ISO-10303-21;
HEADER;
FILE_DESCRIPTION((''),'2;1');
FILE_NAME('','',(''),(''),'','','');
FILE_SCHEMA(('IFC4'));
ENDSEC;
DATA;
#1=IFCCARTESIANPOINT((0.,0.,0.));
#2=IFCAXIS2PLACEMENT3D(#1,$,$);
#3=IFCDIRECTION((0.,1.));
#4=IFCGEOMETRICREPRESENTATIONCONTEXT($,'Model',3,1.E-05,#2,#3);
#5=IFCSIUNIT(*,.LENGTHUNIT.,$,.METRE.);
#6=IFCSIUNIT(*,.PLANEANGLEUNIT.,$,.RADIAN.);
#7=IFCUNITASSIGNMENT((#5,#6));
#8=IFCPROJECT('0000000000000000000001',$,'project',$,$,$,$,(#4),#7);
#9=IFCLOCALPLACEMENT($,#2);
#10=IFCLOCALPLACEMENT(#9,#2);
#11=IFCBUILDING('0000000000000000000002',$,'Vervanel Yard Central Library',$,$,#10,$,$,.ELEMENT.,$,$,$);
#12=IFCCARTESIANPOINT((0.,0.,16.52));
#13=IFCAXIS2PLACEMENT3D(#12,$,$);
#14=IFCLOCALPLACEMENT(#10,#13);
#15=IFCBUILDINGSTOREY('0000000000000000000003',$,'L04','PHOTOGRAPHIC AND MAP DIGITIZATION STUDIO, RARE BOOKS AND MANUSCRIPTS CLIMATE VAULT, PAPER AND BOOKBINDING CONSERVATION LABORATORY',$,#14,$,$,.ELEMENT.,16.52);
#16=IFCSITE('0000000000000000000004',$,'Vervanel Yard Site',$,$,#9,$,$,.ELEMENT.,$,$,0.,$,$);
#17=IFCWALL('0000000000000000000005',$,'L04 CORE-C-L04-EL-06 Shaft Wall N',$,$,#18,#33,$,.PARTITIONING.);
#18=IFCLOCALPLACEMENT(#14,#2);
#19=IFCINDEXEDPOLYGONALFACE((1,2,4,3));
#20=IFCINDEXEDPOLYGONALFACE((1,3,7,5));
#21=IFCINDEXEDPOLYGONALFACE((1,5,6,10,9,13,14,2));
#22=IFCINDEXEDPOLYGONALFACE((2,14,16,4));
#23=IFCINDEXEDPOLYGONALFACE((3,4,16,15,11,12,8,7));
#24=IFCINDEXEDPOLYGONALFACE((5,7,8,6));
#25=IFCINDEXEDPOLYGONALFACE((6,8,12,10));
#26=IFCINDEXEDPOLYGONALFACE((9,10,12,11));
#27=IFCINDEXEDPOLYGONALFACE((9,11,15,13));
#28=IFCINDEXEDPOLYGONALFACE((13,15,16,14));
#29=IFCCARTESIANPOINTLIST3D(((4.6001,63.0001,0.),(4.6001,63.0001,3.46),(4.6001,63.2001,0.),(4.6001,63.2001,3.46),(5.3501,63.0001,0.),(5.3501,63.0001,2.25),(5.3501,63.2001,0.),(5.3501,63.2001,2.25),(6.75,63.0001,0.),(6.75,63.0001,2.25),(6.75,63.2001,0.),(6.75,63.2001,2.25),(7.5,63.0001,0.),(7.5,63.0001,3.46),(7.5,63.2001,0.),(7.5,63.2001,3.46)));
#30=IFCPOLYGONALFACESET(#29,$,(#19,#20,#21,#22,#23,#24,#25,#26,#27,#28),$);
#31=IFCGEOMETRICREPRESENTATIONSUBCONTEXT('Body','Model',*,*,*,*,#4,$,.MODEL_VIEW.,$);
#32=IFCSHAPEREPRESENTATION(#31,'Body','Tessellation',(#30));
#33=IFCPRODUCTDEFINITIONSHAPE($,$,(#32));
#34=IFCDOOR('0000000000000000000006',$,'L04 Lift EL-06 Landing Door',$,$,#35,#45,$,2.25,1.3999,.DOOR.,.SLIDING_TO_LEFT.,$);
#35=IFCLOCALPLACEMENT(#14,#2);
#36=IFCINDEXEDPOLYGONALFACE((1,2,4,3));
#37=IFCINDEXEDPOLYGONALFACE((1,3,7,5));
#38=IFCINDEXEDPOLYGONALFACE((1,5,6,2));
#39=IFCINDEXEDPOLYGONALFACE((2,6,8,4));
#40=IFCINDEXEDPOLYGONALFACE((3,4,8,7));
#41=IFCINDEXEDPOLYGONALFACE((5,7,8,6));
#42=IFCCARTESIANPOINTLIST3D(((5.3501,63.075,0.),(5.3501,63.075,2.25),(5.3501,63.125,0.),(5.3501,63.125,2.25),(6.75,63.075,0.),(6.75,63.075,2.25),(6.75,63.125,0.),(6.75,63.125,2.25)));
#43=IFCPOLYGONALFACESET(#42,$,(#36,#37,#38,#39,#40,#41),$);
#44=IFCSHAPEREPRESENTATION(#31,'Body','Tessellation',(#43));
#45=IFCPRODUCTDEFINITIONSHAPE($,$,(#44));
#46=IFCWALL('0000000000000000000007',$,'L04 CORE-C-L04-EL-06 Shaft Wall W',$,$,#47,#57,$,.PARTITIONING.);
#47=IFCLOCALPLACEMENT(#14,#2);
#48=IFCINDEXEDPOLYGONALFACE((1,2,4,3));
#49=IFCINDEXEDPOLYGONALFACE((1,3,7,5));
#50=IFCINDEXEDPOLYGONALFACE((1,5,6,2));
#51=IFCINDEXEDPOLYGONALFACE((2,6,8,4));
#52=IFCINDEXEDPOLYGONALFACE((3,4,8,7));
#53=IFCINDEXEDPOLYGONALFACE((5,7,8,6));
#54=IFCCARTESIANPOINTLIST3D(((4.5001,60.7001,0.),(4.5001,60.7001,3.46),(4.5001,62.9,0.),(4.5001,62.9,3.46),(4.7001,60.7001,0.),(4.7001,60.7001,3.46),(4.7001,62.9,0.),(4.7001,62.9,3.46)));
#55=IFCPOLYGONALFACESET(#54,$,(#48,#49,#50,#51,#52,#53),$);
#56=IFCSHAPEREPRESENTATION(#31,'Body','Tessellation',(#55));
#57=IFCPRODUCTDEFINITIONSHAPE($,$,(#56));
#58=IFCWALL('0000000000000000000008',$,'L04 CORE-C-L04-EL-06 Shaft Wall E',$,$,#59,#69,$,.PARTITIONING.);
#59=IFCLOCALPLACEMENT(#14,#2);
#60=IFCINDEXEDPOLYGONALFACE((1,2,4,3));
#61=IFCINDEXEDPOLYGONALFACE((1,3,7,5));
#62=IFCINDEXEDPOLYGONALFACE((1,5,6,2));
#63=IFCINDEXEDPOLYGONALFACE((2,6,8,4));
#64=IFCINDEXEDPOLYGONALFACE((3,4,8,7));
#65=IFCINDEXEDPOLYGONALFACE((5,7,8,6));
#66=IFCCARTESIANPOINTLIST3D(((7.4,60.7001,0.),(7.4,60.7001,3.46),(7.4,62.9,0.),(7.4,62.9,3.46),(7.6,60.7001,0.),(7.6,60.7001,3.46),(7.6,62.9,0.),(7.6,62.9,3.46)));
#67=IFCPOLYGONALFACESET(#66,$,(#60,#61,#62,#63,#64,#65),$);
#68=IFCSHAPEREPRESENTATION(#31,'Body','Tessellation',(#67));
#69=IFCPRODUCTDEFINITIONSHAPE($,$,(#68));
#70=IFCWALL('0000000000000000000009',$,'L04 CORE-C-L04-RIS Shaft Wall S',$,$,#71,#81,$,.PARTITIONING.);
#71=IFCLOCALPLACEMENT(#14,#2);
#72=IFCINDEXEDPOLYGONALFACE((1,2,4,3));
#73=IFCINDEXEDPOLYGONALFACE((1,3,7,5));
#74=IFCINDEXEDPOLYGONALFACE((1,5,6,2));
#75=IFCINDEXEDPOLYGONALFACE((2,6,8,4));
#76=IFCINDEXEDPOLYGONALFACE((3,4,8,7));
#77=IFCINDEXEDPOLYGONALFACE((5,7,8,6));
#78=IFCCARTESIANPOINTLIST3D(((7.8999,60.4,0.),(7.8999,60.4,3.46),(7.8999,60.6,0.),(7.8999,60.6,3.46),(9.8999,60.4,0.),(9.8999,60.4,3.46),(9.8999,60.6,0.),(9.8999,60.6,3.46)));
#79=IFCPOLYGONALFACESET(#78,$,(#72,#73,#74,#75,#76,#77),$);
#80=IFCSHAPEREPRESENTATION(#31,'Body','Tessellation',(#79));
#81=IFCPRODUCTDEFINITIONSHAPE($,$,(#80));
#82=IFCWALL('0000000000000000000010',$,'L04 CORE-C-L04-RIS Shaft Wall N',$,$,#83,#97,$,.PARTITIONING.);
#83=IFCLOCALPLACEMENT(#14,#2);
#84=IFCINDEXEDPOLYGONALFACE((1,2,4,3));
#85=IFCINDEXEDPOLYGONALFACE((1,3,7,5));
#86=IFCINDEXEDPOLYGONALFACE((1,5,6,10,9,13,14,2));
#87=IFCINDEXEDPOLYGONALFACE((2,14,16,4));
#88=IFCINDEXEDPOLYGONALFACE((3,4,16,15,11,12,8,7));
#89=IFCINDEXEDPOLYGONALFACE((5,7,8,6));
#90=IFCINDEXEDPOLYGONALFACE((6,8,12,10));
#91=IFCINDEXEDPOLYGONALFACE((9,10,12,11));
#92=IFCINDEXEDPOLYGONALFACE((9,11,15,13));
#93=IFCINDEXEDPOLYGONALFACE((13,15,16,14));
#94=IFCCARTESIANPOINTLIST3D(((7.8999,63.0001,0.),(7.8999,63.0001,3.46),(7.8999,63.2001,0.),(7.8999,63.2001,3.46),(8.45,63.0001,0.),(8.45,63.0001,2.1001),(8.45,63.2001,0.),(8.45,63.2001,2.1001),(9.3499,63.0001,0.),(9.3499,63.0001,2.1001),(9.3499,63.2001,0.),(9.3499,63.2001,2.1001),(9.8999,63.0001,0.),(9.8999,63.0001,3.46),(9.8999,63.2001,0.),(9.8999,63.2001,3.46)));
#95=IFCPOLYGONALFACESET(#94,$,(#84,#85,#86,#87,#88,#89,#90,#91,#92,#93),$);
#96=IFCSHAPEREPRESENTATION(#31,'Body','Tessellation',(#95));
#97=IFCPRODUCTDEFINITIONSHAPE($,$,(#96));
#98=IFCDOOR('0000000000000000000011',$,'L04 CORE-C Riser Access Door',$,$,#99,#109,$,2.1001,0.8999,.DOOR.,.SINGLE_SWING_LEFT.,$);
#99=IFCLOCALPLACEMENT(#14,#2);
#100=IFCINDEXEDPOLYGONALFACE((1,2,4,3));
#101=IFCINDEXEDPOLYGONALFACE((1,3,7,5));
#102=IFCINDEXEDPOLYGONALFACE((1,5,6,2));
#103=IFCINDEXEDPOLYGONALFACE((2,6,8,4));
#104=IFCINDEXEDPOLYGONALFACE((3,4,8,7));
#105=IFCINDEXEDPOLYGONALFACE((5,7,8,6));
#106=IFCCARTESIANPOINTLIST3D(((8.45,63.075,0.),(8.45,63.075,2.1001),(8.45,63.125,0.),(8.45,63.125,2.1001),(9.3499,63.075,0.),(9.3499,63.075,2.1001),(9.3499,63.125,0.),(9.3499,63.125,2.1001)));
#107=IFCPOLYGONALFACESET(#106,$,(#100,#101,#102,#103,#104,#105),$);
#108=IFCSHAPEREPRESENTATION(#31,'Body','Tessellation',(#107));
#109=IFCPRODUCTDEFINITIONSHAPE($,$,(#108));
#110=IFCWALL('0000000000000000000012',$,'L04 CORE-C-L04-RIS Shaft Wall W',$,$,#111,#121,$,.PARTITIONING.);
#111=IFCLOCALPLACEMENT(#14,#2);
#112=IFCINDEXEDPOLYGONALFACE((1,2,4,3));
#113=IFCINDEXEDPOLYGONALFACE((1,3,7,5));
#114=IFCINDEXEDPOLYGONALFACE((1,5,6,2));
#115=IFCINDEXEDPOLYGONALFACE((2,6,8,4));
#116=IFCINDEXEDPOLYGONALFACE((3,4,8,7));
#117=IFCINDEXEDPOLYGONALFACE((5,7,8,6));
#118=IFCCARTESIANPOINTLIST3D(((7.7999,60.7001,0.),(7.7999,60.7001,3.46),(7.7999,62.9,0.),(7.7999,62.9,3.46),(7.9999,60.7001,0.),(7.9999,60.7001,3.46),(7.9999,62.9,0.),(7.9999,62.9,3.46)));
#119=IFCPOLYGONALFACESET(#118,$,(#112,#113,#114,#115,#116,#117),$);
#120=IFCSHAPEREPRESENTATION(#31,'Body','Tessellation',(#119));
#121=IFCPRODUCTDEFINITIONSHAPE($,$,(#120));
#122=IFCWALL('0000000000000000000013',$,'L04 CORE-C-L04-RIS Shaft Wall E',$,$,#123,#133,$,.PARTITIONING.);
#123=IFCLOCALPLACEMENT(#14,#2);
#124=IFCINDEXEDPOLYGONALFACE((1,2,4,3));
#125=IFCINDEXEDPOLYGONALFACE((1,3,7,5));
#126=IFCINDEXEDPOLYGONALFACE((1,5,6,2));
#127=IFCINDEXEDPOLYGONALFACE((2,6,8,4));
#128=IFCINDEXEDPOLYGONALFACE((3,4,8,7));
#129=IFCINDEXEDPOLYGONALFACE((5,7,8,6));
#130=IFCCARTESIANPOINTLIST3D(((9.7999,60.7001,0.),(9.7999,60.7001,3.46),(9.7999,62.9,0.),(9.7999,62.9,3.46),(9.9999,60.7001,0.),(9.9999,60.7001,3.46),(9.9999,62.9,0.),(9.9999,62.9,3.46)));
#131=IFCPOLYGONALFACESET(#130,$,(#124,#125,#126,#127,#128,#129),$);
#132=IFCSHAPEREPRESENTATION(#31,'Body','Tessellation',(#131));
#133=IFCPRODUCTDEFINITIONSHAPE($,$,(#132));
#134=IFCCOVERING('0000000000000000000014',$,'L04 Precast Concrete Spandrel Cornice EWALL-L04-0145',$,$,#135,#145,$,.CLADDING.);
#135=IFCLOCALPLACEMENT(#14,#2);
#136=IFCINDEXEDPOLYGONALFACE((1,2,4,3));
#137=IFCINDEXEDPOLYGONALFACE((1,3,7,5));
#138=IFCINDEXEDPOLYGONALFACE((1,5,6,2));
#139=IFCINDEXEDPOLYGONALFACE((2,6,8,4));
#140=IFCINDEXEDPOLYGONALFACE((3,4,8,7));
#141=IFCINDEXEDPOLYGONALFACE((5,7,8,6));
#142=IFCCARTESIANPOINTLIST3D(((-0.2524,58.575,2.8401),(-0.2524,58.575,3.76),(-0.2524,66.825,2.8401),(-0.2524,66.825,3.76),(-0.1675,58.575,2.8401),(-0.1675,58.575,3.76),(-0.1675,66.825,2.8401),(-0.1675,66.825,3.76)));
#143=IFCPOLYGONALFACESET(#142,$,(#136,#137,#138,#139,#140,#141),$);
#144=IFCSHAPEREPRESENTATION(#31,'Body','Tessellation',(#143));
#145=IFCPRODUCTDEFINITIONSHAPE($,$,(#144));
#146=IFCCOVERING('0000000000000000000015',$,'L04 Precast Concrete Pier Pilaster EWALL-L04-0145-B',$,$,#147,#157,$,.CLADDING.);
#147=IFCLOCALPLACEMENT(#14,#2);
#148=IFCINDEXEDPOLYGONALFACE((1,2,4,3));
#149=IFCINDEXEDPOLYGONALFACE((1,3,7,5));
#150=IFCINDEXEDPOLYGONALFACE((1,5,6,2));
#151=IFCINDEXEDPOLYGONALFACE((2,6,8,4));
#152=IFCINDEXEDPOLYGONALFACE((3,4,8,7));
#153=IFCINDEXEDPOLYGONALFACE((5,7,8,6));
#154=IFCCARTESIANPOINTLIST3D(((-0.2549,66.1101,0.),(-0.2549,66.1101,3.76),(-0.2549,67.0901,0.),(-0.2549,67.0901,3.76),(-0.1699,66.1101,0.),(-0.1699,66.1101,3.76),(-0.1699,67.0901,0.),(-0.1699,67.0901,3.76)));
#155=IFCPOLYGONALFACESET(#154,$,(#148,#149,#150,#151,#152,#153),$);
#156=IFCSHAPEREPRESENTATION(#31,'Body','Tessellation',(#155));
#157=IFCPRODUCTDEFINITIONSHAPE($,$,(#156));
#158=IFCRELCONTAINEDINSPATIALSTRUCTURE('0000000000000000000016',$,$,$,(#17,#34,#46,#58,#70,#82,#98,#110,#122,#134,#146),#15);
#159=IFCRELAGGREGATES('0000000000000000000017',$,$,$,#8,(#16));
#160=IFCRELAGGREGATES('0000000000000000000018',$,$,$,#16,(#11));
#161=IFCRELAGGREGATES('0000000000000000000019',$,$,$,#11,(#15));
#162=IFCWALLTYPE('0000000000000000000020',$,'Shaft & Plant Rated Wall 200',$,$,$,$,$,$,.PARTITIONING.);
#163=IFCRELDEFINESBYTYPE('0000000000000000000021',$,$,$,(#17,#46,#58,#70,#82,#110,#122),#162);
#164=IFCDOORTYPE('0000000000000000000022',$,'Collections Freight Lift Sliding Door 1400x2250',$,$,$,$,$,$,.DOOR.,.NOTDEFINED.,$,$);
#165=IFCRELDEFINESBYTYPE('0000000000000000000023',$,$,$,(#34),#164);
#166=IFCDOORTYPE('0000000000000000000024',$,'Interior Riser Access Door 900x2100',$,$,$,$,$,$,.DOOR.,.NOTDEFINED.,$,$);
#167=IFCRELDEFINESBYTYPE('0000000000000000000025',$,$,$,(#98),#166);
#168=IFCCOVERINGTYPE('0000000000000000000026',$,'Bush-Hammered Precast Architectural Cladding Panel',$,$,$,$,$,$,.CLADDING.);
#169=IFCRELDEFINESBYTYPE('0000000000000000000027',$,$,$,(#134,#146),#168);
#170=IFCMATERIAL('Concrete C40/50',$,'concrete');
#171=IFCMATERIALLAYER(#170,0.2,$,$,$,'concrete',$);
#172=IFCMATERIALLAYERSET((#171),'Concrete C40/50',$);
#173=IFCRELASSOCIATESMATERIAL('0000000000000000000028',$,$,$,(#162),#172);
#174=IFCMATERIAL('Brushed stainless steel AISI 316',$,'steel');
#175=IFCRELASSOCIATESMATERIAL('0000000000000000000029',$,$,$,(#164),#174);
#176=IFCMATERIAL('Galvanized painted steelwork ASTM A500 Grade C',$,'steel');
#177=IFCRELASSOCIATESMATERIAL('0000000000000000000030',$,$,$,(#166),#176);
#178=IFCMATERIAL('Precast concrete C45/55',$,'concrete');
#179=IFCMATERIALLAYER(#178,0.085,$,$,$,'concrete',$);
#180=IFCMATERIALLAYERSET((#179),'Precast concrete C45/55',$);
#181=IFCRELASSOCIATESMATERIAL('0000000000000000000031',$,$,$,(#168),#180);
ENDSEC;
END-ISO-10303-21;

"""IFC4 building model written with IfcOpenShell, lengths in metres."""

from ifc_helpers import new_model, si_unit, direction, frame, frame_2d, origin, origin_2d, place, context, subcontext, project, spatial, rectangle, extrude, material, layer, layer_set, type_object, element, fill, save


model = new_model("IFC4")

# Units and contexts
model_context = context("Model", 3, precision=1e-05, world=origin(), true_north=direction((0.0, 1.0)))
body_context = subcontext(model_context, "Body", "Model", "MODEL_VIEW")
ifc_project = project(units=[si_unit("LENGTHUNIT", "METRE"), si_unit("PLANEANGLEUNIT", "RADIAN")], contexts=[model_context])

# Site, building, storey
site_placement = place(None, origin())
site = spatial("IfcSite", under=ifc_project, at=site_placement, Name="Vervanel Yard Site", CompositionType="ELEMENT", RefElevation=0.0)
building_placement = place(site_placement, origin())
building = spatial("IfcBuilding", under=site, at=building_placement, Name="Vervanel Yard Central Library", CompositionType="ELEMENT")
storey_placement = place(building_placement, frame((0.0, 0.0, 16.52)))
storey = spatial("IfcBuildingStorey", under=building, at=storey_placement, Name="L04", Description="PHOTOGRAPHIC AND MAP DIGITIZATION STUDIO, RARE BOOKS AND MANUSCRIPTS CLIMATE VAULT, PAPER AND BOOKBINDING CONSERVATION LABORATORY", CompositionType="ELEMENT", Elevation=16.52)

# Shared definitions
ifc_material_1 = material(Name="Galvanized painted steelwork ASTM A500 Grade C", Category="steel")

# Shared definitions
ifc_material_2 = material(Name="Concrete C40/50", Category="concrete")
ifc_layer_1 = layer(ifc_material_2, 0.2, Category="concrete")
ifc_layer_set_1 = layer_set([ifc_layer_1], Name="Concrete C40/50")
wall_type_1 = type_object("IfcWallType", Name="Shaft & Plant Rated Wall 200", PredefinedType="PARTITIONING", material=ifc_layer_set_1)

# Wall, opening, door
wall_1_placement = place(storey_placement, frame((4.6001, 63.1001, 0.0), z_axis=(0.0, 0.0, 1.0), x_axis=(1.0, 0.0, 0.0)))
wall_1 = element("IfcWall", 1, at=wall_1_placement, inside=storey, type_object=wall_type_1, Name="L04 CORE-C-L04-EL-06 Shaft Wall N", PredefinedType="PARTITIONING", context=body_context, shape_type="SweptSolid", body=[
    extrude(rectangle(XDim=2.8999, YDim=0.2, at=frame_2d((1.45, 0.0))), origin(), (0.0, 0.0, 1.0), 3.46),
])
opening_1_placement = place(wall_1_placement, frame((0.75, 0.0, 0.0)))
opening_1 = element("IfcOpeningElement", 2, at=opening_1_placement, cuts=wall_1, PredefinedType="OPENING", context=body_context, shape_type="SweptSolid", body=[
    extrude(rectangle(XDim=1.3999, YDim=2.25, at=frame_2d((0.7, 1.125))), frame((0.0, 0.1099, 0.0), z_axis=(0.0, -1.0, 0.0), x_axis=(1.0, 0.0, 0.0)), (0.0, 0.0, 1.0), 0.22),
])
ifc_material_3 = material(Name="Brushed stainless steel AISI 316", Category="steel")
door_type_1 = type_object("IfcDoorType", Name="Collections Freight Lift Sliding Door 1400x2250", OperationType="NOTDEFINED", PredefinedType="DOOR", material=ifc_material_3)
door_1_placement = place(opening_1_placement, origin())
door_1 = element("IfcDoor", 3, at=door_1_placement, inside=storey, type_object=door_type_1, Name="L04 Lift EL-06 Landing Door", OperationType="SLIDING_TO_LEFT", OverallHeight=2.25, OverallWidth=1.3999, PredefinedType="DOOR", context=body_context, shape_type="SweptSolid", body=[
    extrude(rectangle(XDim=1.3999, YDim=2.25, at=frame_2d((0.7, 1.125))), frame((0.0, 0.0249, 0.0), z_axis=(0.0, -1.0, 0.0), x_axis=(1.0, 0.0, 0.0)), (0.0, 0.0, 1.0), 0.05),
])
fill(opening_1, door_1)

# Walls
for number, where, z_axis, x_axis, name in (
    (4, (4.6001, 60.7, 0.0), (0.0, 0.0, 1.0), (0.0, 1.0, 0.0), "L04 CORE-C-L04-EL-06 Shaft Wall W"),
    (5, (7.5, 60.7, 0.0), (0.0, 0.0, 1.0), (0.0, 1.0, 0.0), "L04 CORE-C-L04-EL-06 Shaft Wall E"),
):
    element("IfcWall", number, at=place(storey_placement, frame(where, z_axis=z_axis, x_axis=x_axis)), inside=storey, type_object=wall_type_1, Name=name, PredefinedType="PARTITIONING", context=body_context, shape_type="SweptSolid", body=[
        extrude(rectangle(XDim=2.2, YDim=0.2, at=frame_2d((1.1001, 0.0))), origin(), (0.0, 0.0, 1.0), 3.46),
    ])
wall_2_placement = place(storey_placement, frame((7.8999, 60.5, 0.0), z_axis=(0.0, 0.0, 1.0), x_axis=(1.0, 0.0, 0.0)))
element("IfcWall", 6, at=wall_2_placement, inside=storey, type_object=wall_type_1, Name="L04 CORE-C-L04-RIS Shaft Wall S", PredefinedType="PARTITIONING", context=body_context, shape_type="SweptSolid", body=[
    extrude(rectangle(XDim=2.0, YDim=0.2, at=frame_2d((1.0, 0.0))), origin(), (0.0, 0.0, 1.0), 3.46),
])

# Wall, opening, door
wall_3_placement = place(storey_placement, frame((7.8999, 63.1001, 0.0), z_axis=(0.0, 0.0, 1.0), x_axis=(1.0, 0.0, 0.0)))
wall_3 = element("IfcWall", 7, at=wall_3_placement, inside=storey, type_object=wall_type_1, Name="L04 CORE-C-L04-RIS Shaft Wall N", PredefinedType="PARTITIONING", context=body_context, shape_type="SweptSolid", body=[
    extrude(rectangle(XDim=2.0, YDim=0.2, at=frame_2d((1.0, 0.0))), origin(), (0.0, 0.0, 1.0), 3.46),
])
opening_2_placement = place(wall_3_placement, frame((0.55, 0.0, 0.0)))
opening_2 = element("IfcOpeningElement", 8, at=opening_2_placement, cuts=wall_3, PredefinedType="OPENING", context=body_context, shape_type="SweptSolid", body=[
    extrude(rectangle(XDim=0.8999, YDim=2.1001, at=frame_2d((0.45, 1.05))), frame((0.0, 0.1099, 0.0), z_axis=(0.0, -1.0, 0.0), x_axis=(1.0, 0.0, 0.0)), (0.0, 0.0, 1.0), 0.22),
])
door_type_2 = type_object("IfcDoorType", Name="Interior Riser Access Door 900x2100", OperationType="NOTDEFINED", PredefinedType="DOOR", material=ifc_material_1)
door_2_placement = place(opening_2_placement, origin())
door_2 = element("IfcDoor", 9, at=door_2_placement, inside=storey, type_object=door_type_2, Name="L04 CORE-C Riser Access Door", OperationType="SINGLE_SWING_LEFT", OverallHeight=2.1001, OverallWidth=0.8999, PredefinedType="DOOR", context=body_context, shape_type="SweptSolid", body=[
    extrude(rectangle(XDim=0.8999, YDim=2.1001, at=frame_2d((0.45, 1.05))), frame((0.0, 0.0249, 0.0), z_axis=(0.0, -1.0, 0.0), x_axis=(1.0, 0.0, 0.0)), (0.0, 0.0, 1.0), 0.05),
])
fill(opening_2, door_2)

# Walls
for number, where, z_axis, x_axis, name in (
    (10, (7.8999, 60.7, 0.0), (0.0, 0.0, 1.0), (0.0, 1.0, 0.0), "L04 CORE-C-L04-RIS Shaft Wall W"),
    (11, (9.8999, 60.7, 0.0), (0.0, 0.0, 1.0), (0.0, 1.0, 0.0), "L04 CORE-C-L04-RIS Shaft Wall E"),
):
    element("IfcWall", number, at=place(storey_placement, frame(where, z_axis=z_axis, x_axis=x_axis)), inside=storey, type_object=wall_type_1, Name=name, PredefinedType="PARTITIONING", context=body_context, shape_type="SweptSolid", body=[
        extrude(rectangle(XDim=2.2, YDim=0.2, at=frame_2d((1.1001, 0.0))), origin(), (0.0, 0.0, 1.0), 3.46),
    ])

# Coverings
ifc_material_4 = material(Name="Precast concrete C45/55", Category="concrete")
ifc_layer_2 = layer(ifc_material_4, 0.085, Category="concrete")
ifc_layer_set_2 = layer_set([ifc_layer_2], Name="Precast concrete C45/55")
covering_type = type_object("IfcCoveringType", Name="Bush-Hammered Precast Architectural Cladding Panel", PredefinedType="CLADDING", material=ifc_layer_set_2)
covering_1_placement = place(storey_placement, frame((-0.21, 62.7, 2.8401), z_axis=(0.0, 0.0, 1.0), x_axis=(0.0, 1.0, 0.0)))
element("IfcCovering", 12, at=covering_1_placement, inside=storey, type_object=covering_type, Name="L04 Precast Concrete Spandrel Cornice EWALL-L04-0145", PredefinedType="CLADDING", context=body_context, shape_type="SweptSolid", body=[
    extrude(rectangle(XDim=8.25, YDim=0.085, at=origin_2d()), origin(), (0.0, 0.0, 1.0), 0.9199),
])
covering_2_placement = place(storey_placement, frame((-0.2124, 66.6001, 0.0), z_axis=(0.0, 0.0, 1.0), x_axis=(0.0, 1.0, 0.0)))
element("IfcCovering", 13, at=covering_2_placement, inside=storey, type_object=covering_type, Name="L04 Precast Concrete Pier Pilaster EWALL-L04-0145-B", PredefinedType="CLADDING", context=body_context, shape_type="SweptSolid", body=[
    extrude(rectangle(XDim=0.98, YDim=0.085, at=origin_2d()), origin(), (0.0, 0.0, 1.0), 3.76),
])

save(model, "model.ifc")
